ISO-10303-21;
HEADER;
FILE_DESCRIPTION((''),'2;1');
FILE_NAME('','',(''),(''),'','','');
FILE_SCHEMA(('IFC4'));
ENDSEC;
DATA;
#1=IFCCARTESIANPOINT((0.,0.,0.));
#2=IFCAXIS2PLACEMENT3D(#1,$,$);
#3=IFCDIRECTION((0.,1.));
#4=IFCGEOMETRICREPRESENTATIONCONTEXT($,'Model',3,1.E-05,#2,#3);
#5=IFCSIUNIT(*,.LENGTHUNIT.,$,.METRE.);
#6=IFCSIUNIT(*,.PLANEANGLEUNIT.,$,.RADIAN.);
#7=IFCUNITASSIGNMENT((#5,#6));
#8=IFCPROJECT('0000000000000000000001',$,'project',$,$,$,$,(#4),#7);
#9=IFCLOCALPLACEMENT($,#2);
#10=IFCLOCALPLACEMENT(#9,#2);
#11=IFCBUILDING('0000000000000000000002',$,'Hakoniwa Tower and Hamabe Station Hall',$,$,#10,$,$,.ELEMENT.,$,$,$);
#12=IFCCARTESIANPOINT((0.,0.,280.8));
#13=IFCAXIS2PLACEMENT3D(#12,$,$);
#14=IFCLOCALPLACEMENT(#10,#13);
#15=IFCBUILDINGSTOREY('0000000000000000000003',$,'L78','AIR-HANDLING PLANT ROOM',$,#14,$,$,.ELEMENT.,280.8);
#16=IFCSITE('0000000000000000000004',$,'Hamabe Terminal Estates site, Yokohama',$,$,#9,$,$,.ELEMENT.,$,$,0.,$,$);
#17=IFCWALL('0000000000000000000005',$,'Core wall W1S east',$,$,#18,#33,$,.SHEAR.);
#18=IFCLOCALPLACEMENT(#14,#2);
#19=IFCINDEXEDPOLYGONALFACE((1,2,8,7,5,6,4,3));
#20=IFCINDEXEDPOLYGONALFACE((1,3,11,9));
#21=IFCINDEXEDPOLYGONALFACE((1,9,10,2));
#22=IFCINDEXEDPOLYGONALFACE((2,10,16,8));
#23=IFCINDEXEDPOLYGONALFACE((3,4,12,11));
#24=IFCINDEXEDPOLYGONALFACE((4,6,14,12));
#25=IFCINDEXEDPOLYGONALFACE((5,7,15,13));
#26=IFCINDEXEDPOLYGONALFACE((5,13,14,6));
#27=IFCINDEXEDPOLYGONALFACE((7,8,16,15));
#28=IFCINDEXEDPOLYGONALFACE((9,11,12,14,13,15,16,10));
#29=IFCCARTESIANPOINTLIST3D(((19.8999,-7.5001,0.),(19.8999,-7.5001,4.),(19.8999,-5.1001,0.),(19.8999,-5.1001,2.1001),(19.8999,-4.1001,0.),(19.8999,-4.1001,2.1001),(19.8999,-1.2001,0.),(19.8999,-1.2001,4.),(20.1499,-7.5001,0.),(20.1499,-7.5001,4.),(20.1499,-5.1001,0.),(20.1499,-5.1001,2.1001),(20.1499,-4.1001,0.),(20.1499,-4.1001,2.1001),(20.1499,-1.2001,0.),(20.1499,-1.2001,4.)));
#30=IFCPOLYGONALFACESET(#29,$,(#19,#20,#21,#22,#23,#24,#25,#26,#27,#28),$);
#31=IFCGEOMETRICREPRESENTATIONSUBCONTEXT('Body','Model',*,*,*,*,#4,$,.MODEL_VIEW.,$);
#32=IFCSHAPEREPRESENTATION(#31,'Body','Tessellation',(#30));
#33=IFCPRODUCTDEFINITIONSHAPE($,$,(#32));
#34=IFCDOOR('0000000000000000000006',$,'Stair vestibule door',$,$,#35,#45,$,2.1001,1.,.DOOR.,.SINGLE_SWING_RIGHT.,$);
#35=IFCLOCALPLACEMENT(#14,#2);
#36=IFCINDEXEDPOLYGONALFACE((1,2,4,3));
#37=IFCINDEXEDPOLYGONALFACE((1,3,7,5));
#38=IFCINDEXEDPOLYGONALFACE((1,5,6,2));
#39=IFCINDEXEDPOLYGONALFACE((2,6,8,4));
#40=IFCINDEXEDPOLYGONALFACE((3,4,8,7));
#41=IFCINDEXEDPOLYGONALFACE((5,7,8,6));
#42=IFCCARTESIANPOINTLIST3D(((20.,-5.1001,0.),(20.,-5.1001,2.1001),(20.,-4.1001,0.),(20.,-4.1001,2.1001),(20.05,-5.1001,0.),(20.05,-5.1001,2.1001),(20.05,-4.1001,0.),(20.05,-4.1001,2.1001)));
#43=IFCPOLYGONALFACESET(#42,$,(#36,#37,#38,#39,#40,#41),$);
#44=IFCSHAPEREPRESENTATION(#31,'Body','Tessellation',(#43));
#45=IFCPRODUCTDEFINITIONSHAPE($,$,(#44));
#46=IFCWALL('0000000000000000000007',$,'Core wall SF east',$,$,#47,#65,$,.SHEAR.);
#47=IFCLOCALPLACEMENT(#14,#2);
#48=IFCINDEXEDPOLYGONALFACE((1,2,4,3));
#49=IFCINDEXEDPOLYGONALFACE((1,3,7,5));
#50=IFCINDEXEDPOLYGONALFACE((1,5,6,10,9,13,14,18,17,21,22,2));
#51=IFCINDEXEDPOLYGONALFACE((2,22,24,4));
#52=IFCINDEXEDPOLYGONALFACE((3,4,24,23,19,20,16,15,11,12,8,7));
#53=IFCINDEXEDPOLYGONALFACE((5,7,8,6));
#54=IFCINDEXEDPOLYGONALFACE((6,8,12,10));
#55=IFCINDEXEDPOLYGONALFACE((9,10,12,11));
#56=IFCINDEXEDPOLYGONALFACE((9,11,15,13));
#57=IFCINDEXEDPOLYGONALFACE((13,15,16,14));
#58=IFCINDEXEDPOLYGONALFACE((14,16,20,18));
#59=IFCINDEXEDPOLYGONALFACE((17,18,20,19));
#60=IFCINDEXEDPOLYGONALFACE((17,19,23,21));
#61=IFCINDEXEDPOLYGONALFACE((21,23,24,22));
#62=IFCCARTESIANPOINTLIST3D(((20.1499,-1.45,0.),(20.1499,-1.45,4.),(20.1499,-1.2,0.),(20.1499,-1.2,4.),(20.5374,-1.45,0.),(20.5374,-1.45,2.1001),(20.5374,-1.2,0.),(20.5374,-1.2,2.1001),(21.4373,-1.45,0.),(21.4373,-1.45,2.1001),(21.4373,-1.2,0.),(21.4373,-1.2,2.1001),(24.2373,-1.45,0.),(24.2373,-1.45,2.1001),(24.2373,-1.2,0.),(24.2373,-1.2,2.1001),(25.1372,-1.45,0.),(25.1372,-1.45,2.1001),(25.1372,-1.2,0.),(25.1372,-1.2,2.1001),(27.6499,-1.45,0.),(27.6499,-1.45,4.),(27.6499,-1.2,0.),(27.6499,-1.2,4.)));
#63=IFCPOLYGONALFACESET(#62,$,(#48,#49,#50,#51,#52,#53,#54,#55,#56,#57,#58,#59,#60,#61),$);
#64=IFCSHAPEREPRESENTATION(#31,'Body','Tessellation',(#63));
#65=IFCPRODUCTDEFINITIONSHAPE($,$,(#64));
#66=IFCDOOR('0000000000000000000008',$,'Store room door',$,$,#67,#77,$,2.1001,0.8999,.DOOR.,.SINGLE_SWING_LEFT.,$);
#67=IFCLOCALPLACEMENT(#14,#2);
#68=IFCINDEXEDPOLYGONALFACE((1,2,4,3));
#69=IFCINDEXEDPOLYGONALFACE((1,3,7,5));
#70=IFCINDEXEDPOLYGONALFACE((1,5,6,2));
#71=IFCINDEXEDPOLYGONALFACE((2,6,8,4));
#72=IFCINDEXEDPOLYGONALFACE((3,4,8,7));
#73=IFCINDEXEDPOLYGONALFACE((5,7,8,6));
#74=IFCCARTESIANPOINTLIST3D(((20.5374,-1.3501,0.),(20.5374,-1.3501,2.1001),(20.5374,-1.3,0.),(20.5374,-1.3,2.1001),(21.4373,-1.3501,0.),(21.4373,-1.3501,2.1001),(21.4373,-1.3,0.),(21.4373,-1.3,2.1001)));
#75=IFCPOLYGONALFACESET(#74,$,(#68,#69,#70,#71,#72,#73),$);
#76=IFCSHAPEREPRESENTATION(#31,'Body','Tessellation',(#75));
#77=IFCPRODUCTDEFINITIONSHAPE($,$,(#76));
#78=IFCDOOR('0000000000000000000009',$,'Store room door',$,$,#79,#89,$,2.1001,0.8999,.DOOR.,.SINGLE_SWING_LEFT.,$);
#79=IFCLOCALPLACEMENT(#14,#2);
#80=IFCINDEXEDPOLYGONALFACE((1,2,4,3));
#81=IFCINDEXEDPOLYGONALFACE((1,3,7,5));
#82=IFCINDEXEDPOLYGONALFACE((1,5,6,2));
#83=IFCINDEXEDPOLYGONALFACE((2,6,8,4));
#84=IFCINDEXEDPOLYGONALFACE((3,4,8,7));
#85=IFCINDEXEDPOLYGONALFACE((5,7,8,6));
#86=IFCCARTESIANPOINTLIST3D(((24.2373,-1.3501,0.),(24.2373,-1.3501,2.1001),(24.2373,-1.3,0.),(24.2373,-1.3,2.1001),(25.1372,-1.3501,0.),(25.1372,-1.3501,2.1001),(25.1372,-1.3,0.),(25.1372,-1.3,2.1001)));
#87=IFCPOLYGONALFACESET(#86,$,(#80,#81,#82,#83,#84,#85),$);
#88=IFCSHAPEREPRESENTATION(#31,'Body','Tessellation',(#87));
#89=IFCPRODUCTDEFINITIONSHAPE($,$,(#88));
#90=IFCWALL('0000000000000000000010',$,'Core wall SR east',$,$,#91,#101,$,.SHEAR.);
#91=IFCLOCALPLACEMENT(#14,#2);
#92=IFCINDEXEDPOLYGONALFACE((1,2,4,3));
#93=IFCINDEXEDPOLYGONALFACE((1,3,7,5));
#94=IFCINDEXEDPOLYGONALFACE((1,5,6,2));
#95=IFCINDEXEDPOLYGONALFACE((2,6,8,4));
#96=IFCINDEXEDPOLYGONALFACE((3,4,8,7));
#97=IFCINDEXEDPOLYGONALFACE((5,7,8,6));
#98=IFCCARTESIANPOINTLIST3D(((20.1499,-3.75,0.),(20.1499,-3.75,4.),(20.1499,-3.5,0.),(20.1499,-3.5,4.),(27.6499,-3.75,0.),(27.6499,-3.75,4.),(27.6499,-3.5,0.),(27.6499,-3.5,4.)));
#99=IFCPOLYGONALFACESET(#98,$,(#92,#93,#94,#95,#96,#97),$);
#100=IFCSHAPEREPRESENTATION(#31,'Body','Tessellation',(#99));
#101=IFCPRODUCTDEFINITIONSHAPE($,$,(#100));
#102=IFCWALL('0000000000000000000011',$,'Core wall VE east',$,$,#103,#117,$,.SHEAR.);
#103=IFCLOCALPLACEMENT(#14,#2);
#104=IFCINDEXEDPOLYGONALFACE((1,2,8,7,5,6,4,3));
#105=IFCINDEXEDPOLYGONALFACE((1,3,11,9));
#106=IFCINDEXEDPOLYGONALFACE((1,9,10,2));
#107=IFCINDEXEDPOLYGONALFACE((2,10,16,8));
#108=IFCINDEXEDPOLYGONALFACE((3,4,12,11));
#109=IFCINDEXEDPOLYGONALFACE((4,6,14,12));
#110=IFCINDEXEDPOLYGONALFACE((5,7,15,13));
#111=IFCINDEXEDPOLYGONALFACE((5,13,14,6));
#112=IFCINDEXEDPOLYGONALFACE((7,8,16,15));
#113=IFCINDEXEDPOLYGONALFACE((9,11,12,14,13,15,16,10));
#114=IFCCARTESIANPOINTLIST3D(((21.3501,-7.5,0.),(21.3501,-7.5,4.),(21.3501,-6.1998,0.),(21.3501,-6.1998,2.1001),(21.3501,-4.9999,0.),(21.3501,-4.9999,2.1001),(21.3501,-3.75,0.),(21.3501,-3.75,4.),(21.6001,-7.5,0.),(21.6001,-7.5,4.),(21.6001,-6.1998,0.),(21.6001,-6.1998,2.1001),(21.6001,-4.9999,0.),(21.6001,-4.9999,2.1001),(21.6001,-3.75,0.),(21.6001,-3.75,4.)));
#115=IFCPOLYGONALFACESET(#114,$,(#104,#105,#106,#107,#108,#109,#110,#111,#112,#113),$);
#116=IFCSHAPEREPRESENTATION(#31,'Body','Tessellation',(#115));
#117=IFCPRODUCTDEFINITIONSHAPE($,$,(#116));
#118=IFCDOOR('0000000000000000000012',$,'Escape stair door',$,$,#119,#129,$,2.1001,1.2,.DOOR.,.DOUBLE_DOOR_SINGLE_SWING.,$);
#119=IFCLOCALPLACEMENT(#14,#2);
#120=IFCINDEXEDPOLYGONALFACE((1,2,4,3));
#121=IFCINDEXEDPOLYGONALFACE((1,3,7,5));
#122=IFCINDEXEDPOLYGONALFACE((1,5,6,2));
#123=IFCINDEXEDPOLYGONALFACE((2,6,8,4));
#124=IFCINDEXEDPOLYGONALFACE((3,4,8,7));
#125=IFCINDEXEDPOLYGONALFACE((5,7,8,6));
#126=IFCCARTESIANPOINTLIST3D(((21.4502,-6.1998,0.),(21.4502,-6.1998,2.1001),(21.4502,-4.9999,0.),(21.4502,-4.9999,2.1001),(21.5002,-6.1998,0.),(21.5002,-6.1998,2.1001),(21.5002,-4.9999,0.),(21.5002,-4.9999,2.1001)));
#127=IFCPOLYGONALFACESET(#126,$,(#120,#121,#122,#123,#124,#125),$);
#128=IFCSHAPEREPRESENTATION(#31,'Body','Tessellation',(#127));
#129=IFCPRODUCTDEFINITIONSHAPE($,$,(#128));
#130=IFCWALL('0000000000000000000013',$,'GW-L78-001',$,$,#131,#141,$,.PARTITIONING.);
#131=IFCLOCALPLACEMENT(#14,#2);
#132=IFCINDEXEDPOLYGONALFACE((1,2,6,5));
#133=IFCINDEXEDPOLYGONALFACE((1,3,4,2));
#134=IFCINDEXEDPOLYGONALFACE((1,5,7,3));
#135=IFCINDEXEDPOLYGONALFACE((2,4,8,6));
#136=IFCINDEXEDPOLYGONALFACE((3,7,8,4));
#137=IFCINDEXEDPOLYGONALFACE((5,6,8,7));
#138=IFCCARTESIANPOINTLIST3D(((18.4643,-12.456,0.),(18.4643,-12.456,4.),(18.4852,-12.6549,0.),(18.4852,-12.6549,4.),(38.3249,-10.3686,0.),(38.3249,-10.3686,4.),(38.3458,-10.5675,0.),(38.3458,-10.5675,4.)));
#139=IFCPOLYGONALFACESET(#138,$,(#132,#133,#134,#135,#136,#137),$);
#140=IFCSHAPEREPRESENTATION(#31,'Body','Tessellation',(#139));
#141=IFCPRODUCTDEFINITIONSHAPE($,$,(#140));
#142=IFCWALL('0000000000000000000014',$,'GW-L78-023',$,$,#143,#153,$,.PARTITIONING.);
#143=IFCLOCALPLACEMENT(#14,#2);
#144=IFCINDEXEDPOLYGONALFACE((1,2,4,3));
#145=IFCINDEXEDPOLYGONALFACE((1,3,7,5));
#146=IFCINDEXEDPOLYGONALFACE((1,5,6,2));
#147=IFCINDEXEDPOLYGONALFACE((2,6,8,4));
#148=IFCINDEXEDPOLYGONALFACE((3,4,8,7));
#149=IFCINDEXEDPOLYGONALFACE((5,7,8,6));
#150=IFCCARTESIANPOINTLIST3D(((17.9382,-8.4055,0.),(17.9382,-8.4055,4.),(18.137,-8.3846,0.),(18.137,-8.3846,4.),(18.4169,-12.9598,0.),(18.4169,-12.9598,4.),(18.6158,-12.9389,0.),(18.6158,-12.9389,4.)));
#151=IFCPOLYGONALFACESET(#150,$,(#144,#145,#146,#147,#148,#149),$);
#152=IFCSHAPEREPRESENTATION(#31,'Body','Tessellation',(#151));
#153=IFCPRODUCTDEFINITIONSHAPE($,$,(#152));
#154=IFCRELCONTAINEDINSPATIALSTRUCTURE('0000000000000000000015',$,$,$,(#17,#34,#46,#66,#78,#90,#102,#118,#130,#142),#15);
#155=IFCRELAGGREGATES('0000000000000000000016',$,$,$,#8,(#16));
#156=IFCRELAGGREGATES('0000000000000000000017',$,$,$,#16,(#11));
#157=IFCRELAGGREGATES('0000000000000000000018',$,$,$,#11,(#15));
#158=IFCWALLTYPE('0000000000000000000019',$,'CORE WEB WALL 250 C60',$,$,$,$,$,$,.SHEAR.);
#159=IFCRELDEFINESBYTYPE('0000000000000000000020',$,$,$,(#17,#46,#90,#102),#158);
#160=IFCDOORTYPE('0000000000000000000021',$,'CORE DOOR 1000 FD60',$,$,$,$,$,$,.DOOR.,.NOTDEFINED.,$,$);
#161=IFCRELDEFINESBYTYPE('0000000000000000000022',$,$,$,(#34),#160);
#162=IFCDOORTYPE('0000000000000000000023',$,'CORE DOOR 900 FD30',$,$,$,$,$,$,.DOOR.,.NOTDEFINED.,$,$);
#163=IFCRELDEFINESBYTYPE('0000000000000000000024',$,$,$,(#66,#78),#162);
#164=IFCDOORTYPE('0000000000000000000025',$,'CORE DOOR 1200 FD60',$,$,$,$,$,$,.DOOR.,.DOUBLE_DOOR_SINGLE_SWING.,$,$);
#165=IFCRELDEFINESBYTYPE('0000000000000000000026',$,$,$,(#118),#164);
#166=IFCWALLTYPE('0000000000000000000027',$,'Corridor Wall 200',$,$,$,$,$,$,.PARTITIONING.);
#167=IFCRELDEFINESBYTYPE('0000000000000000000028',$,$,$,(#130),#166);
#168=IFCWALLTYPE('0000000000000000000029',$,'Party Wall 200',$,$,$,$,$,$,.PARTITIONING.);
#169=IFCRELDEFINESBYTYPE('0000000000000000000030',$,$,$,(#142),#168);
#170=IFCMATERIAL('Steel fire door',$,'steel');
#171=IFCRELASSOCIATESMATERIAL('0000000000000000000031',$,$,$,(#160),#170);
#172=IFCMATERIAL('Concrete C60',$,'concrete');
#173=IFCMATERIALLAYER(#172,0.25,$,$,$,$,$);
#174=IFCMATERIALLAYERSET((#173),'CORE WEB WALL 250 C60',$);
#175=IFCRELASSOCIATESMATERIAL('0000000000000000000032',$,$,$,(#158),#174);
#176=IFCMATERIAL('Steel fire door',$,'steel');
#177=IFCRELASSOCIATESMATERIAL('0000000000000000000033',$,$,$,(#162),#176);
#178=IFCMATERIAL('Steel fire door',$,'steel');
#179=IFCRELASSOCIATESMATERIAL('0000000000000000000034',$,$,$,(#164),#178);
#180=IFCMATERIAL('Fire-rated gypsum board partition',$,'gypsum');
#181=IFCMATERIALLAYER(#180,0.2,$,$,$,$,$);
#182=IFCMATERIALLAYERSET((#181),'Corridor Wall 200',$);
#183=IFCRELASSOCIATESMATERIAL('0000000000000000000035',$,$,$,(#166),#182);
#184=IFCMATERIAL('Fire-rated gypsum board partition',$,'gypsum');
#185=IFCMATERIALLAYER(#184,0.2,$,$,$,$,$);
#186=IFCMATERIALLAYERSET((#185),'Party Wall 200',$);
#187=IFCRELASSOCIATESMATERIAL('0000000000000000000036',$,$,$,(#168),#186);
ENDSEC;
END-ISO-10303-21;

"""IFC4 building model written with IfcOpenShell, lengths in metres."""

from ifc_helpers import new_model, si_unit, direction, frame, frame_2d, origin, place, context, subcontext, project, spatial, rectangle, extrude, material, layer, layer_set, type_object, element, fill, save


model = new_model("IFC4")

# Units and contexts
model_context = context("Model", 3, precision=1e-05, world=origin(), true_north=direction((0.0, 1.0)))
body_context = subcontext(model_context, "Body", "Model", "MODEL_VIEW")
ifc_project = project(units=[si_unit("LENGTHUNIT", "METRE"), si_unit("PLANEANGLEUNIT", "RADIAN")], contexts=[model_context])

# Site, building, storey
site_placement = place(None, origin())
site = spatial("IfcSite", under=ifc_project, at=site_placement, Name="Hamabe Terminal Estates site, Yokohama", CompositionType="ELEMENT", RefElevation=0.0)
building_placement = place(site_placement, origin())
building = spatial("IfcBuilding", under=site, at=building_placement, Name="Hakoniwa Tower and Hamabe Station Hall", CompositionType="ELEMENT")
storey_placement = place(building_placement, frame((0.0, 0.0, 280.8)))
storey = spatial("IfcBuildingStorey", under=building, at=storey_placement, Name="L78", Description="AIR-HANDLING PLANT ROOM", CompositionType="ELEMENT", Elevation=280.8)

# Wall, opening, door
ifc_material_1 = material(Name="Steel fire door", Category="steel")
door_type_1 = type_object("IfcDoorType", Name="CORE DOOR 1000 FD60", OperationType="NOTDEFINED", PredefinedType="DOOR", material=ifc_material_1)
ifc_material_2 = material(Name="Concrete C60", Category="concrete")
ifc_layer_1 = layer(ifc_material_2, 0.25)
ifc_layer_set_1 = layer_set([ifc_layer_1], Name="CORE WEB WALL 250 C60")
wall_type_1 = type_object("IfcWallType", Name="CORE WEB WALL 250 C60", PredefinedType="SHEAR", material=ifc_layer_set_1)
wall_1_placement = place(storey_placement, frame((20.0249, -7.5, 0.0), z_axis=(0.0, 0.0, 1.0), x_axis=(0.0, 1.0, 0.0)))
wall_1 = element("IfcWall", 1, at=wall_1_placement, inside=storey, type_object=wall_type_1, Name="Core wall W1S east", PredefinedType="SHEAR", context=body_context, shape_type="SweptSolid", body=[
    extrude(rectangle(XDim=6.3, YDim=0.25, at=frame_2d((3.1499, 0.0))), origin(), (0.0, 0.0, 1.0), 4.0),
])
opening_1_placement = place(wall_1_placement, frame((2.3999, 0.0, 0.0)))
opening_1 = element("IfcOpeningElement", 2, at=opening_1_placement, cuts=wall_1, PredefinedType="OPENING", context=body_context, shape_type="SweptSolid", body=[
    extrude(rectangle(XDim=1.0, YDim=2.1001, at=frame_2d((0.5, 1.05))), frame((0.0, 0.135, 0.0), z_axis=(0.0, -1.0, 0.0), x_axis=(1.0, 0.0, 0.0)), (0.0, 0.0, 1.0), 0.27),
])
door_1_placement = place(opening_1_placement, origin())
door_1 = element("IfcDoor", 3, at=door_1_placement, inside=storey, type_object=door_type_1, Name="Stair vestibule door", OperationType="SINGLE_SWING_RIGHT", OverallHeight=2.1001, OverallWidth=1.0, PredefinedType="DOOR", context=body_context, shape_type="SweptSolid", body=[
    extrude(rectangle(XDim=1.0, YDim=2.1001, at=frame_2d((0.5, 1.05))), frame((0.0, 0.0249, 0.0), z_axis=(0.0, -1.0, 0.0), x_axis=(1.0, 0.0, 0.0)), (0.0, 0.0, 1.0), 0.05),
])
fill(opening_1, door_1)

# Wall, openings, doors
wall_2_placement = place(storey_placement, frame((20.1499, -1.325, 0.0), z_axis=(0.0, 0.0, 1.0), x_axis=(1.0, 0.0, 0.0)))
wall_2 = element("IfcWall", 4, at=wall_2_placement, inside=storey, type_object=wall_type_1, Name="Core wall SF east", PredefinedType="SHEAR", context=body_context, shape_type="SweptSolid", body=[
    extrude(rectangle(XDim=7.5, YDim=0.25, at=frame_2d((3.75, 0.0))), origin(), (0.0, 0.0, 1.0), 4.0),
])
opening_2_placement = place(wall_2_placement, frame((0.3875, 0.0, 0.0)))
opening_2 = element("IfcOpeningElement", 5, at=opening_2_placement, cuts=wall_2, PredefinedType="OPENING", context=body_context, shape_type="SweptSolid", body=[
    extrude(rectangle(XDim=0.8999, YDim=2.1001, at=frame_2d((0.45, 1.05))), frame((0.0, 0.135, 0.0), z_axis=(0.0, -1.0, 0.0), x_axis=(1.0, 0.0, 0.0)), (0.0, 0.0, 1.0), 0.27),
])
opening_3_placement = place(wall_2_placement, frame((4.0874, 0.0, 0.0)))
opening_3 = element("IfcOpeningElement", 6, at=opening_3_placement, cuts=wall_2, PredefinedType="OPENING", context=body_context, shape_type="SweptSolid", body=[
    extrude(rectangle(XDim=0.8999, YDim=2.1001, at=frame_2d((0.45, 1.05))), frame((0.0, 0.135, 0.0), z_axis=(0.0, -1.0, 0.0), x_axis=(1.0, 0.0, 0.0)), (0.0, 0.0, 1.0), 0.27),
])
ifc_material_3 = material(Name="Steel fire door", Category="steel")
door_type_2 = type_object("IfcDoorType", Name="CORE DOOR 900 FD30", OperationType="NOTDEFINED", PredefinedType="DOOR", material=ifc_material_3)
door_2_placement = place(opening_2_placement, origin())
door_2 = element("IfcDoor", 7, at=door_2_placement, inside=storey, type_object=door_type_2, Name="Store room door", OperationType="SINGLE_SWING_LEFT", OverallHeight=2.1001, OverallWidth=0.8999, PredefinedType="DOOR", context=body_context, shape_type="SweptSolid", body=[
    extrude(rectangle(XDim=0.8999, YDim=2.1001, at=frame_2d((0.45, 1.05))), frame((0.0, 0.0249, 0.0), z_axis=(0.0, -1.0, 0.0), x_axis=(1.0, 0.0, 0.0)), (0.0, 0.0, 1.0), 0.05),
])
fill(opening_2, door_2)
door_3_placement = place(opening_3_placement, origin())
door_3 = element("IfcDoor", 8, at=door_3_placement, inside=storey, type_object=door_type_2, Name="Store room door", OperationType="SINGLE_SWING_LEFT", OverallHeight=2.1001, OverallWidth=0.8999, PredefinedType="DOOR", context=body_context, shape_type="SweptSolid", body=[
    extrude(rectangle(XDim=0.8999, YDim=2.1001, at=frame_2d((0.45, 1.05))), frame((0.0, 0.0249, 0.0), z_axis=(0.0, -1.0, 0.0), x_axis=(1.0, 0.0, 0.0)), (0.0, 0.0, 1.0), 0.05),
])
fill(opening_3, door_3)

# Wall
wall_3_placement = place(storey_placement, frame((20.1499, -3.625, 0.0), z_axis=(0.0, 0.0, 1.0), x_axis=(1.0, 0.0, 0.0)))
element("IfcWall", 9, at=wall_3_placement, inside=storey, type_object=wall_type_1, Name="Core wall SR east", PredefinedType="SHEAR", context=body_context, shape_type="SweptSolid", body=[
    extrude(rectangle(XDim=7.5, YDim=0.25, at=frame_2d((3.75, 0.0))), origin(), (0.0, 0.0, 1.0), 4.0),
])

# Wall, opening, door
wall_4_placement = place(storey_placement, frame((21.4751, -7.5, 0.0), z_axis=(0.0, 0.0, 1.0), x_axis=(0.0, 1.0, 0.0)))
wall_4 = element("IfcWall", 10, at=wall_4_placement, inside=storey, type_object=wall_type_1, Name="Core wall VE east", PredefinedType="SHEAR", context=body_context, shape_type="SweptSolid", body=[
    extrude(rectangle(XDim=3.75, YDim=0.25, at=frame_2d((1.875, 0.0))), origin(), (0.0, 0.0, 1.0), 4.0),
])
opening_4_placement = place(wall_4_placement, frame((1.3, 0.0, 0.0)))
opening_4 = element("IfcOpeningElement", 11, at=opening_4_placement, cuts=wall_4, PredefinedType="OPENING", context=body_context, shape_type="SweptSolid", body=[
    extrude(rectangle(XDim=1.2, YDim=2.1001, at=frame_2d((0.6001, 1.05))), frame((0.0, 0.135, 0.0), z_axis=(0.0, -1.0, 0.0), x_axis=(1.0, 0.0, 0.0)), (0.0, 0.0, 1.0), 0.27),
])
ifc_material_4 = material(Name="Steel fire door", Category="steel")
door_type_3 = type_object("IfcDoorType", Name="CORE DOOR 1200 FD60", OperationType="DOUBLE_DOOR_SINGLE_SWING", PredefinedType="DOOR", material=ifc_material_4)
door_4_placement = place(opening_4_placement, origin())
door_4 = element("IfcDoor", 12, at=door_4_placement, inside=storey, type_object=door_type_3, Name="Escape stair door", OperationType="DOUBLE_DOOR_SINGLE_SWING", OverallHeight=2.1001, OverallWidth=1.2, PredefinedType="DOOR", context=body_context, shape_type="SweptSolid", body=[
    extrude(rectangle(XDim=1.2, YDim=2.1001, at=frame_2d((0.6001, 1.05))), frame((0.0, 0.0249, 0.0), z_axis=(0.0, -1.0, 0.0), x_axis=(1.0, 0.0, 0.0)), (0.0, 0.0, 1.0), 0.05),
])
fill(opening_4, door_4)

# Walls
ifc_material_5 = material(Name="Fire-rated gypsum board partition", Category="gypsum")
ifc_layer_2 = layer(ifc_material_5, 0.2)
ifc_layer_set_2 = layer_set([ifc_layer_2], Name="Corridor Wall 200")
wall_type_2 = type_object("IfcWallType", Name="Corridor Wall 200", PredefinedType="PARTITIONING", material=ifc_layer_set_2)
wall_5_placement = place(storey_placement, frame((18.4749, -12.5554, 0.0), z_axis=(0.0, 0.0, 1.0), x_axis=(0.994522, 0.104527, 0.0)))
element("IfcWall", 13, at=wall_5_placement, inside=storey, type_object=wall_type_2, Name="GW-L78-001", PredefinedType="PARTITIONING", context=body_context, shape_type="SweptSolid", body=[
    extrude(rectangle(XDim=19.97, YDim=0.2, at=frame_2d((9.9849, 0.0))), origin(), (0.0, 0.0, 1.0), 4.0),
])
ifc_material_6 = material(Name="Fire-rated gypsum board partition", Category="gypsum")
ifc_layer_3 = layer(ifc_material_6, 0.2)
ifc_layer_set_3 = layer_set([ifc_layer_3], Name="Party Wall 200")
wall_type_3 = type_object("IfcWallType", Name="Party Wall 200", PredefinedType="PARTITIONING", material=ifc_layer_set_3)
wall_6_placement = place(storey_placement, frame((18.5164, -12.9492, 0.0), z_axis=(0.0, 0.0, 1.0), x_axis=(-0.104549, 0.99452, 0.0)))
element("IfcWall", 14, at=wall_6_placement, inside=storey, type_object=wall_type_3, Name="GW-L78-023", PredefinedType="PARTITIONING", context=body_context, shape_type="SweptSolid", body=[
    extrude(rectangle(XDim=4.5793, YDim=0.2, at=frame_2d((2.2896, 0.0))), origin(), (0.0, 0.0, 1.0), 4.0),
])

save(model, "model.ifc")
